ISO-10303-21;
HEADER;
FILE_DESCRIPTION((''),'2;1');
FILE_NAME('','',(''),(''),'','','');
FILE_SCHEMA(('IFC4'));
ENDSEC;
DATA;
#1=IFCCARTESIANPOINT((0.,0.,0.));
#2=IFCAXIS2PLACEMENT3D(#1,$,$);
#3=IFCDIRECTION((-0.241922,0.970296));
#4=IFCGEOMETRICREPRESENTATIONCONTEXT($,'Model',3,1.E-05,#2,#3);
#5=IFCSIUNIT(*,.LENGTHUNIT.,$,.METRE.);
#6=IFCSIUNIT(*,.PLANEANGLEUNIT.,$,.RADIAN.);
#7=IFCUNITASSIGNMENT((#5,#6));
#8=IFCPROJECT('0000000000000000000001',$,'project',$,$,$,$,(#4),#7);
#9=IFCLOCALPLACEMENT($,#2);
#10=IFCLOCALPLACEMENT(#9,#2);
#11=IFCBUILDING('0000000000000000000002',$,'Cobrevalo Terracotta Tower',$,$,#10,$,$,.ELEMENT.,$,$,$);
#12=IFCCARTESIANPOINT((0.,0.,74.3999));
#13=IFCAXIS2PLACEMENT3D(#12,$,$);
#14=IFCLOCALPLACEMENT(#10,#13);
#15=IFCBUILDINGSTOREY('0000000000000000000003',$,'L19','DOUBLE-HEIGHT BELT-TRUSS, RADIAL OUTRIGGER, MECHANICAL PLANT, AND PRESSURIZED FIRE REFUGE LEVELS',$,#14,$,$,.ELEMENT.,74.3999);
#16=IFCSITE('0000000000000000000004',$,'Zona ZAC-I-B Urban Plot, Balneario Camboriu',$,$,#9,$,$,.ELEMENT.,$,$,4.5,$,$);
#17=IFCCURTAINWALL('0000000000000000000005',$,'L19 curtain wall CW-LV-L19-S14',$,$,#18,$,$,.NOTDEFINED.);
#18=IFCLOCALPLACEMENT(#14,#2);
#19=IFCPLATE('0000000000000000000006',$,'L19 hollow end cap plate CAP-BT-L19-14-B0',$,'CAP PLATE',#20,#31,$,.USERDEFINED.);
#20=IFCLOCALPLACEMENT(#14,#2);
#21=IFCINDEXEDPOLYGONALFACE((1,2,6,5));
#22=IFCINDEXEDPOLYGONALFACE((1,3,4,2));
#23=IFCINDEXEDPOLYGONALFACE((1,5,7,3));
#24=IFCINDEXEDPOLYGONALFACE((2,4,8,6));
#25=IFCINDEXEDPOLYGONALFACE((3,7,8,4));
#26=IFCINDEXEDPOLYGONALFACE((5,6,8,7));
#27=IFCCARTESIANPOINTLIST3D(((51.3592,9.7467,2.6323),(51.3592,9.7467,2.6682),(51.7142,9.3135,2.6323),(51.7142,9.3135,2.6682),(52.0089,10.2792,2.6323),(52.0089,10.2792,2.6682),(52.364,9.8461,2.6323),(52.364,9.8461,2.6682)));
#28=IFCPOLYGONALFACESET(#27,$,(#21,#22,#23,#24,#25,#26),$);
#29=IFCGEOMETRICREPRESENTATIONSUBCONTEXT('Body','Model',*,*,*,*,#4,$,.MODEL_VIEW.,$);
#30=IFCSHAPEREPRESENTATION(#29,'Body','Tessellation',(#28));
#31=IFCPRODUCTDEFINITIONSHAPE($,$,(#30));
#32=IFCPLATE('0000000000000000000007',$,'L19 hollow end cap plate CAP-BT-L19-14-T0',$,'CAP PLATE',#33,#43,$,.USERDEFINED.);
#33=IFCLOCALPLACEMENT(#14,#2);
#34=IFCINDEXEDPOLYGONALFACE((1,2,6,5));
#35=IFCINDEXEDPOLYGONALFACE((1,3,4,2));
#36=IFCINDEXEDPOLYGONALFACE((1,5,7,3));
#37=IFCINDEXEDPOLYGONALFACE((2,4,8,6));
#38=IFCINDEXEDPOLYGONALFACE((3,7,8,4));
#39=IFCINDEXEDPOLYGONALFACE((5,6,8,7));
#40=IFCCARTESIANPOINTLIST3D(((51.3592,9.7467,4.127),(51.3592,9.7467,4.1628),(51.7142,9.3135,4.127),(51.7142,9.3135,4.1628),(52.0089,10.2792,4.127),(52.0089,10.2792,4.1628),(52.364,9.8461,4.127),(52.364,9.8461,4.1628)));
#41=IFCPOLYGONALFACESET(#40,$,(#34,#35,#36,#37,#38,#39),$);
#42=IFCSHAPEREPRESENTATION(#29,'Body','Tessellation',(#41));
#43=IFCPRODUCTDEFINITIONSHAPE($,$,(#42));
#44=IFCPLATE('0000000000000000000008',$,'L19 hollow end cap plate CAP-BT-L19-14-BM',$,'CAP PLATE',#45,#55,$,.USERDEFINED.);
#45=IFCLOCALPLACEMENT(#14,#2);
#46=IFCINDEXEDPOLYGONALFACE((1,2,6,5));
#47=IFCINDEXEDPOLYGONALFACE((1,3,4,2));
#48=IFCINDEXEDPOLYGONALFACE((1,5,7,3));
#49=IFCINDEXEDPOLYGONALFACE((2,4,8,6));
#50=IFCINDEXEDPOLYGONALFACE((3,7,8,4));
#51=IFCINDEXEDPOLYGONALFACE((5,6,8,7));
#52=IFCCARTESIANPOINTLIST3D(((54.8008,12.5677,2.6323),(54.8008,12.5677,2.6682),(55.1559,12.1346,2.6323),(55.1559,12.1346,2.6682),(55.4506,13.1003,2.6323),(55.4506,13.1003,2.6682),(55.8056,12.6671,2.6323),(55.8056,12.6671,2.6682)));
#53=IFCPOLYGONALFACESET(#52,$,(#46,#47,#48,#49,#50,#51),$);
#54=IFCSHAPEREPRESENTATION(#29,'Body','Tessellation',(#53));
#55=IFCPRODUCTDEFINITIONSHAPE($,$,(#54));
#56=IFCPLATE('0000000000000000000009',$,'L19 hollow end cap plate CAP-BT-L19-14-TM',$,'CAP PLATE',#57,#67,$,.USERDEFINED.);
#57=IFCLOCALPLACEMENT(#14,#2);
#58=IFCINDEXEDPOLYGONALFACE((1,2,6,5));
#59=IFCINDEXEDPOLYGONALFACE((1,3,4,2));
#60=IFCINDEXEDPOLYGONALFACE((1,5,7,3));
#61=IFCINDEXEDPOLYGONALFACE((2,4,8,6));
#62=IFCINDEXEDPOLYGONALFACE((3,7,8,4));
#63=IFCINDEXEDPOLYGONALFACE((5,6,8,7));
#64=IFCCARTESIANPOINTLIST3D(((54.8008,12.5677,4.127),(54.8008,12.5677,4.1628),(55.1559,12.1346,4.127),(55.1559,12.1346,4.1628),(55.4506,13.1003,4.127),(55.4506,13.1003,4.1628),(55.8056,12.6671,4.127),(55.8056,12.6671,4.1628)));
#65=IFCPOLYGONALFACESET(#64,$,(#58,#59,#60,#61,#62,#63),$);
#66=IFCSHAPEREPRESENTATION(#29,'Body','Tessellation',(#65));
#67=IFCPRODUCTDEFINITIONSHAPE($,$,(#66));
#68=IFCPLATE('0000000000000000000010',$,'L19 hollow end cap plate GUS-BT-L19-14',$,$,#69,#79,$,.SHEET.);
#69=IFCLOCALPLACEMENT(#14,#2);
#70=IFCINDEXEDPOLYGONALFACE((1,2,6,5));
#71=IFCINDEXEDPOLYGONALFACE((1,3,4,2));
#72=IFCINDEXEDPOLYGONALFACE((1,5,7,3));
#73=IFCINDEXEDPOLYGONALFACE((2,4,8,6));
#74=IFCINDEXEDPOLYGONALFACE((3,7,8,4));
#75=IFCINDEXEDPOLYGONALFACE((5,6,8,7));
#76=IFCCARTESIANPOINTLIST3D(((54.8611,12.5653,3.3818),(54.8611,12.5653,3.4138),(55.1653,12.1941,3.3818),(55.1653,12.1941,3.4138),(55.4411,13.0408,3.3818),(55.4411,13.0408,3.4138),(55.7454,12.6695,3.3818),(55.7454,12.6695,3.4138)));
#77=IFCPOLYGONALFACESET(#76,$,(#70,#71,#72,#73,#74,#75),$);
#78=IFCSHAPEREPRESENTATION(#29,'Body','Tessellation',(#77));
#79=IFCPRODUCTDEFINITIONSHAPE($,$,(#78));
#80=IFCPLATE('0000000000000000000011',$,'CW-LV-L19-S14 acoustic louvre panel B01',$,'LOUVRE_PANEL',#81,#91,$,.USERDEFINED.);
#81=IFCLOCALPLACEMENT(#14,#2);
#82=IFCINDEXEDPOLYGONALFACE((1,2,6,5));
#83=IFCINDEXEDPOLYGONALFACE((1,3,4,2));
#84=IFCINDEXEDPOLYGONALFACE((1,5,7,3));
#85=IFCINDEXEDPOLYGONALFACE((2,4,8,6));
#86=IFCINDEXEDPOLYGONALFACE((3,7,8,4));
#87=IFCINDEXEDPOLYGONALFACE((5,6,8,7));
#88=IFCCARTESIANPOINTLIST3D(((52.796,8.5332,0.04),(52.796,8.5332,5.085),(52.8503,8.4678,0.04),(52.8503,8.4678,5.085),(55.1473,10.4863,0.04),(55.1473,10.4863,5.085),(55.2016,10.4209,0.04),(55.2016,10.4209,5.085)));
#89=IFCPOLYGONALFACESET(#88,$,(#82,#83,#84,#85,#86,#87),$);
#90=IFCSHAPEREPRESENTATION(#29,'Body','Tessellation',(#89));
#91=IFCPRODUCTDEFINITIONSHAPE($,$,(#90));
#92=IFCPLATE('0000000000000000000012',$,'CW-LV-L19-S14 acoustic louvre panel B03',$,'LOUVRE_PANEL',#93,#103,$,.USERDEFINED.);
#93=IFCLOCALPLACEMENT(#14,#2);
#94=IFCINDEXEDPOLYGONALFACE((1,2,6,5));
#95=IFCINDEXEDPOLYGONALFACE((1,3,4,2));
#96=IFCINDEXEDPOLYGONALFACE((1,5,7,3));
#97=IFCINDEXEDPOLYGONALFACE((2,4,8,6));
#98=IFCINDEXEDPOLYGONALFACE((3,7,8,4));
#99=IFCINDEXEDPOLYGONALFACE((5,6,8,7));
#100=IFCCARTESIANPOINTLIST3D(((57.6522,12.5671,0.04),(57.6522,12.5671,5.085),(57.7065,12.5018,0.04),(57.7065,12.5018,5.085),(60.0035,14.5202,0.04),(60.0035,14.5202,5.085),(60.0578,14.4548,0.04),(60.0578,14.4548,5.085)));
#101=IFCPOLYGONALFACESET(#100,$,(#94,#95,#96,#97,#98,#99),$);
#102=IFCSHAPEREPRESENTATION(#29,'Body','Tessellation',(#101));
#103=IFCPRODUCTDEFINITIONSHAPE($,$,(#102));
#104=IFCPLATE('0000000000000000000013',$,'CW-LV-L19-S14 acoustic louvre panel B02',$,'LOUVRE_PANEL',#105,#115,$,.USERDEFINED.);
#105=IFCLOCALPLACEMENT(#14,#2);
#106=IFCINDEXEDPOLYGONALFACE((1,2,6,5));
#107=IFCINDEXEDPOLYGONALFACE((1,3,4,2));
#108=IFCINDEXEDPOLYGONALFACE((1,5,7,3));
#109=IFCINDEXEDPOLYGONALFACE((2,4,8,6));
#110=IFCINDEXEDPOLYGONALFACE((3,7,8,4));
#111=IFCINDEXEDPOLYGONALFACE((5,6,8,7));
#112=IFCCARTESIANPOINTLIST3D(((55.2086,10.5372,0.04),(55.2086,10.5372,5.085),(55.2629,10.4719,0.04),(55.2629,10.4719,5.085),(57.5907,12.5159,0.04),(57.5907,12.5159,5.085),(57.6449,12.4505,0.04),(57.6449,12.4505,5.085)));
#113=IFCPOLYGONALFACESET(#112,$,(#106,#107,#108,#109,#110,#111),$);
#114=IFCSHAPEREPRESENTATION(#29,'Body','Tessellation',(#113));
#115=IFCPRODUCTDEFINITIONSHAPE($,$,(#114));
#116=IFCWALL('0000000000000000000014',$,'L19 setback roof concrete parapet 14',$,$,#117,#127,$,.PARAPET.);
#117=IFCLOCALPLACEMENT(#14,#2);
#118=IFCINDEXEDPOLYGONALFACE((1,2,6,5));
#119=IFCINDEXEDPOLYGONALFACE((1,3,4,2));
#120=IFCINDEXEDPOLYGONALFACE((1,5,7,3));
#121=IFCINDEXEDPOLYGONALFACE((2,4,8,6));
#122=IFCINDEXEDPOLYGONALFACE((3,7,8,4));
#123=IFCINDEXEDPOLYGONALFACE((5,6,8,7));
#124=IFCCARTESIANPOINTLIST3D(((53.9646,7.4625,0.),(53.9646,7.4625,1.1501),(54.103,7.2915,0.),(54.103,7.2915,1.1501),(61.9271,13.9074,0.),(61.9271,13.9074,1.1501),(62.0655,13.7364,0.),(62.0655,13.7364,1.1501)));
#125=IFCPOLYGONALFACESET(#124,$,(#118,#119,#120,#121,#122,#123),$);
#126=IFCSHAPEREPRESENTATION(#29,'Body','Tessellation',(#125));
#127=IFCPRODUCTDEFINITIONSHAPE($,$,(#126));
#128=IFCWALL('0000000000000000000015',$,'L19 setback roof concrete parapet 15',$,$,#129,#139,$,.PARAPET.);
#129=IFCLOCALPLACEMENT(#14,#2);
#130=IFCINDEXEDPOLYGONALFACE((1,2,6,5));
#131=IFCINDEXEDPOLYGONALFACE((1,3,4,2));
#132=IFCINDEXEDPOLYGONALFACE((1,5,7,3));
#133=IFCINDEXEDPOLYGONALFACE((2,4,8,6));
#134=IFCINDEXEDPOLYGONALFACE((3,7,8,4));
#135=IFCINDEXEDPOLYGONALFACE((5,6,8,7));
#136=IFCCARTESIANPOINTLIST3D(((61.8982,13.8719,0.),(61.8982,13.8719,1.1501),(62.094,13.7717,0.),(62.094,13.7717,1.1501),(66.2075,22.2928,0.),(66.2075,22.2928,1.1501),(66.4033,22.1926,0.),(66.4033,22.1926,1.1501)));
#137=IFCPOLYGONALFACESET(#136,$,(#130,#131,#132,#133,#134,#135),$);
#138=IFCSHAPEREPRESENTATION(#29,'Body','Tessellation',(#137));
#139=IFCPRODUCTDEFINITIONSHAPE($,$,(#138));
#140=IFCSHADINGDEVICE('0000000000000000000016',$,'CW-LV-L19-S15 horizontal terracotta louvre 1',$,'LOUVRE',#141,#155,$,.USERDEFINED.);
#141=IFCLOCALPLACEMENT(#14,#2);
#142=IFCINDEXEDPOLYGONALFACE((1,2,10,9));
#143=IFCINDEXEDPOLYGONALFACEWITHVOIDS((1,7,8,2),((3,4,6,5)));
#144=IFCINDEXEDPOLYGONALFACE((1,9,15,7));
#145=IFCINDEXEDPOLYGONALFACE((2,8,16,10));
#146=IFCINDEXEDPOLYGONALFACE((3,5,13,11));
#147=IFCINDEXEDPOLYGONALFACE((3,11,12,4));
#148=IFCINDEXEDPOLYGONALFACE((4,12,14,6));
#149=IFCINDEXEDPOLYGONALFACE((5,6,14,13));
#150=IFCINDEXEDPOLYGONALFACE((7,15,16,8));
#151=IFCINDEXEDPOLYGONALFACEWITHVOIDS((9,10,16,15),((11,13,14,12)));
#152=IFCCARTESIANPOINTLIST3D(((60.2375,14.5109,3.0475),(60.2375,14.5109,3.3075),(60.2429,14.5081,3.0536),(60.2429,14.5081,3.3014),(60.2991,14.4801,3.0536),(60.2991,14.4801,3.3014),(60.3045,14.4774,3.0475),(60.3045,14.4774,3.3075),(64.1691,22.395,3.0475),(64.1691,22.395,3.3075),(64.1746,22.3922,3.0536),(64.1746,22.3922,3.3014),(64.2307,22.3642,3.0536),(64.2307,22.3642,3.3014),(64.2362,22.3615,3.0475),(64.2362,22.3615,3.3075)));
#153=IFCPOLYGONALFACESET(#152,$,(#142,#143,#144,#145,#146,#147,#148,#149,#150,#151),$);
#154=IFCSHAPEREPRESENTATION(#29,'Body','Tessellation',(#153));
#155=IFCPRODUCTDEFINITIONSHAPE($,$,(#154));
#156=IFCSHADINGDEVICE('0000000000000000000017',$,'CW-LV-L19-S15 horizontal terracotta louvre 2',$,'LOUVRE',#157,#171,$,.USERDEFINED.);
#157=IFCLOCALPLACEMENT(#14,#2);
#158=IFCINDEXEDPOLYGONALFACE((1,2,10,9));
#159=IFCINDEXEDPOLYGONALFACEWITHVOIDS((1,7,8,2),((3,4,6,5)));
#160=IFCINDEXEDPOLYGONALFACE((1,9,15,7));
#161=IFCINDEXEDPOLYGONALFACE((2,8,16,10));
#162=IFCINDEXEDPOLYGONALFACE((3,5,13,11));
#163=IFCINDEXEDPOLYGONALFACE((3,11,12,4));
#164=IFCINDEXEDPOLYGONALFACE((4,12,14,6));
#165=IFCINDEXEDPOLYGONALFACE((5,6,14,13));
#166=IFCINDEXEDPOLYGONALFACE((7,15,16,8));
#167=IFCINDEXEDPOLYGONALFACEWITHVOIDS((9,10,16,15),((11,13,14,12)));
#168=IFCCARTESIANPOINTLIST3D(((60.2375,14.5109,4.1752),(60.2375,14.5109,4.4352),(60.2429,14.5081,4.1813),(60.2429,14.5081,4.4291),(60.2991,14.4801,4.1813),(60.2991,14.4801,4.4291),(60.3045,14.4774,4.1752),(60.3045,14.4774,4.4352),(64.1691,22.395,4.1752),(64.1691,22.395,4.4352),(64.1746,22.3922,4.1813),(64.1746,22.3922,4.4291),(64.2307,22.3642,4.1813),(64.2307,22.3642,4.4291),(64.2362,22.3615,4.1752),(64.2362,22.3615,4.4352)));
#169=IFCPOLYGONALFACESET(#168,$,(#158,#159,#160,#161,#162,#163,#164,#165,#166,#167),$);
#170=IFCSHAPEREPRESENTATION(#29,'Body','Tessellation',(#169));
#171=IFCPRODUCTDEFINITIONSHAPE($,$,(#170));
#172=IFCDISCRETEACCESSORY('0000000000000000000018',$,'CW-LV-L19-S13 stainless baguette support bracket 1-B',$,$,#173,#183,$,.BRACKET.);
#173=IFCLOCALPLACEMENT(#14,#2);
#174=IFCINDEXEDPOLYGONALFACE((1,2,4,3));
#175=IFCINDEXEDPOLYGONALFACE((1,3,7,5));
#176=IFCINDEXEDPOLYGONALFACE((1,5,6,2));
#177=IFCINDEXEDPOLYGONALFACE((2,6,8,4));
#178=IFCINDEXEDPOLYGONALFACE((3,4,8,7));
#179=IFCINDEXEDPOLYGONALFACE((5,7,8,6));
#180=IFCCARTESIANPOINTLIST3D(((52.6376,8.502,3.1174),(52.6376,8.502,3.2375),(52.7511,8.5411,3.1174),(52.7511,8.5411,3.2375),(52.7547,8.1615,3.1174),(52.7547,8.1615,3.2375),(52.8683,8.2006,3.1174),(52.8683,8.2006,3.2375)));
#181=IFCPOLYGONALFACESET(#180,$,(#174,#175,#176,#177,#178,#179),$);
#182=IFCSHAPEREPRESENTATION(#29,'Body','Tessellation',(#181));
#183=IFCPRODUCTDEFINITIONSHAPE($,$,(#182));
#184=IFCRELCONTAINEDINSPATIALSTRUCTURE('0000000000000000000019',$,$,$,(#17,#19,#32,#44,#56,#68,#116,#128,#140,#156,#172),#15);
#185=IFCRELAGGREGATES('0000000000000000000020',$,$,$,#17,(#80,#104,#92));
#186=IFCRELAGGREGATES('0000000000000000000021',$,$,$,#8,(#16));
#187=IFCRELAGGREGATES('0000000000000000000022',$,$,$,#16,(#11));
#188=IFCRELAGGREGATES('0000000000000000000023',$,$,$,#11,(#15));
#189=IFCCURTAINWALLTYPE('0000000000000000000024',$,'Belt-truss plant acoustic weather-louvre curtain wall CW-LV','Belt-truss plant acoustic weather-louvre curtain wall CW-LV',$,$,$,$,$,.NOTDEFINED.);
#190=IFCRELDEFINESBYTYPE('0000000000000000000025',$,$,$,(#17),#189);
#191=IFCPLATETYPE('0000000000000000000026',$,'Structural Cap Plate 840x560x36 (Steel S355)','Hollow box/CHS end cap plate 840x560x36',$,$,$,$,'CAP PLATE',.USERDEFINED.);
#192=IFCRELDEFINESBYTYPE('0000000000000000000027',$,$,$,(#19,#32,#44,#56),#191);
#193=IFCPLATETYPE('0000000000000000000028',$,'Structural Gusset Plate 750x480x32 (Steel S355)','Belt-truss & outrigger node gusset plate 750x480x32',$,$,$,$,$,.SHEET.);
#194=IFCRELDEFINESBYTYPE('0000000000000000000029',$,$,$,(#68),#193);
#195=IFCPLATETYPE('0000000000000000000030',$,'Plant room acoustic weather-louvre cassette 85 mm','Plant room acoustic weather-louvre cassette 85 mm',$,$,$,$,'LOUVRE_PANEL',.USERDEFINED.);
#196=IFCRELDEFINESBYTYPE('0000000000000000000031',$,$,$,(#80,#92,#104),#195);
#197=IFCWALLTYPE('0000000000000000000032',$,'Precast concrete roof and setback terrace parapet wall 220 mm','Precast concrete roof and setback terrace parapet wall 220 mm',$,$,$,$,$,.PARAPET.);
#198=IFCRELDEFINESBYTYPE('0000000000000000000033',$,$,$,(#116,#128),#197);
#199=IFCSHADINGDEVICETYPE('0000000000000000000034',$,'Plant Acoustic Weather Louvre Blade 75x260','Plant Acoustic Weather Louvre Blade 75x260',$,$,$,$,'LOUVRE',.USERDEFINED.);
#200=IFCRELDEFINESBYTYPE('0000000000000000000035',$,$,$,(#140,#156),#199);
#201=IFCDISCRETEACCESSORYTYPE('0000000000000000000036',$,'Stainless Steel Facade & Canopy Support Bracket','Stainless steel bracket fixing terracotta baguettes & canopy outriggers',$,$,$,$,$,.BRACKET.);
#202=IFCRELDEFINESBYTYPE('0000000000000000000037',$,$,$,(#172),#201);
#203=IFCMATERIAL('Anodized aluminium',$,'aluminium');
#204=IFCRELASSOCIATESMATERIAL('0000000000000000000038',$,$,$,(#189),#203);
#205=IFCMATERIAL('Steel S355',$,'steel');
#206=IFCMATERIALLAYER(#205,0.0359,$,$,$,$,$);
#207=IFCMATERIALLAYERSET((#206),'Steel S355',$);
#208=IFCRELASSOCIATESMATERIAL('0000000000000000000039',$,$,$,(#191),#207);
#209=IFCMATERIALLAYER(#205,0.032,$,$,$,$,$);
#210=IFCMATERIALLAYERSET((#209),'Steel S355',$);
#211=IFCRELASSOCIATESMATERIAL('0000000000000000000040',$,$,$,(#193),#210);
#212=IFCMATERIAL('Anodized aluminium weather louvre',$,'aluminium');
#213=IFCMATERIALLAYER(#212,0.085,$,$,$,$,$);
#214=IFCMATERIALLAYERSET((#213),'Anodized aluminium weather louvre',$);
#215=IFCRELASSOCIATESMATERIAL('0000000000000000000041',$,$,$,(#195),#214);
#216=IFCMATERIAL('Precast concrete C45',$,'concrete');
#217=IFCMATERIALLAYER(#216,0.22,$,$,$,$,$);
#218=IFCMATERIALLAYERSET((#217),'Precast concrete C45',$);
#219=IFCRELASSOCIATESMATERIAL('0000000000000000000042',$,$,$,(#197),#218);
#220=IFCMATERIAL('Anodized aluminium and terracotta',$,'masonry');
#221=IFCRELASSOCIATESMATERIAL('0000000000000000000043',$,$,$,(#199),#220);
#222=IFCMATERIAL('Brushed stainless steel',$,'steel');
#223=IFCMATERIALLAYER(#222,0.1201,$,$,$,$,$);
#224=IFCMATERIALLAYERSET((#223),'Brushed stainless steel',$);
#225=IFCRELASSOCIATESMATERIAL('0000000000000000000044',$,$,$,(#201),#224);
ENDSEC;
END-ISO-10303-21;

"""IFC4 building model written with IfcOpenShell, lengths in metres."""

from ifc_helpers import new_model, si_unit, direction, frame, frame_2d, origin, origin_2d, place, context, subcontext, project, spatial, rectangle, hollow_rectangle, extrude, source, transform, mapped, material, layer, layer_set, material_profile, profile_set, type_object, element, aggregate, save


model = new_model("IFC4")

# Units and contexts
model_context = context("Model", 3, precision=1e-05, world=origin(), true_north=direction((-0.241922, 0.970296)))
body_context = subcontext(model_context, "Body", "Model", "MODEL_VIEW")
ifc_project = project(units=[si_unit("LENGTHUNIT", "METRE"), si_unit("PLANEANGLEUNIT", "RADIAN")], contexts=[model_context])

# Site, building, storey
site_placement = place(None, origin())
site = spatial("IfcSite", under=ifc_project, at=site_placement, Name="Zona ZAC-I-B Urban Plot, Balneario Camboriu", CompositionType="ELEMENT", RefElevation=4.5)
building_placement = place(site_placement, origin())
building = spatial("IfcBuilding", under=site, at=building_placement, Name="Cobrevalo Terracotta Tower", CompositionType="ELEMENT")
storey_placement = place(building_placement, frame((0.0, 0.0, 74.3999)))
storey = spatial("IfcBuildingStorey", under=building, at=storey_placement, Name="L19", Description="DOUBLE-HEIGHT BELT-TRUSS, RADIAL OUTRIGGER, MECHANICAL PLANT, AND PRESSURIZED FIRE REFUGE LEVELS", CompositionType="ELEMENT", Elevation=74.3999)

# Shared definitions
ifc_material_1 = material(Name="Steel S355", Category="steel")

# Shared definitions
ifc_material_2 = material(Name="Anodized aluminium", Category="aluminium")
curtain_wall_type = type_object("IfcCurtainWallType", Name="Belt-truss plant acoustic weather-louvre curtain wall CW-LV", Description="Belt-truss plant acoustic weather-louvre curtain wall CW-LV", PredefinedType="NOTDEFINED", material=ifc_material_2)

# Curtain wall
curtain_wall_1_placement = place(storey_placement, origin())
curtain_wall_1 = element("IfcCurtainWall", 1, at=curtain_wall_1_placement, inside=storey, type_object=curtain_wall_type, Name="L19 curtain wall CW-LV-L19-S14", PredefinedType="NOTDEFINED")

# Plates
ifc_layer_1 = layer(ifc_material_1, 0.0359)
ifc_layer_set_1 = layer_set([ifc_layer_1], Name="Steel S355")
plate_type_1 = type_object("IfcPlateType", Name="Structural Cap Plate 840x560x36 (Steel S355)", Description="Hollow box/CHS end cap plate 840x560x36", ElementType="CAP PLATE", PredefinedType="USERDEFINED", material=ifc_layer_set_1)
shared_shape_1 = source(origin(), body_context, "Body", "SweptSolid", [
    extrude(rectangle(XDim=0.8401, YDim=0.5601, at=origin_2d()), origin(), (0.0, 0.0, 1.0), 0.0359),
])
for number, where, z_axis, x_axis, name in (
    (2, (51.8616, 9.7964, 2.6323), (0.0, 0.0, 1.0), (0.773404, 0.633913, 0.0), "L19 hollow end cap plate CAP-BT-L19-14-B0"),
    (3, (51.8616, 9.7964, 4.127), (0.0, 0.0, 1.0), (0.773404, 0.633913, 0.0), "L19 hollow end cap plate CAP-BT-L19-14-T0"),
    (4, (55.3032, 12.6174, 2.6323), (0.0, 0.0, 1.0), (0.773404, 0.633913, 0.0), "L19 hollow end cap plate CAP-BT-L19-14-BM"),
    (5, (55.3032, 12.6174, 4.127), (0.0, 0.0, 1.0), (0.773404, 0.633913, 0.0), "L19 hollow end cap plate CAP-BT-L19-14-TM"),
):
    element("IfcPlate", number, at=place(storey_placement, frame(where, z_axis=z_axis, x_axis=x_axis)), inside=storey, type_object=plate_type_1, Name=name, ObjectType="CAP PLATE", PredefinedType="USERDEFINED", context=body_context, shape_type="MappedRepresentation", body=[
        mapped(shared_shape_1, transform((0.0, 0.0, 0.0), scale=1.0)),
    ])
ifc_layer_2 = layer(ifc_material_1, 0.032)
ifc_layer_set_2 = layer_set([ifc_layer_2], Name="Steel S355")
plate_type_2 = type_object("IfcPlateType", Name="Structural Gusset Plate 750x480x32 (Steel S355)", Description="Belt-truss & outrigger node gusset plate 750x480x32", PredefinedType="SHEET", material=ifc_layer_set_2)
shared_shape_2 = source(origin(), body_context, "Body", "SweptSolid", [
    extrude(rectangle(XDim=0.75, YDim=0.48, at=origin_2d()), origin(), (0.0, 0.0, 1.0), 0.032),
])
plate_1_placement = place(storey_placement, frame((55.3032, 12.6174, 3.3818), z_axis=(0.0, 0.0, 1.0), x_axis=(0.773404, 0.633913, 0.0)))
element("IfcPlate", 6, at=plate_1_placement, inside=storey, type_object=plate_type_2, Name="L19 hollow end cap plate GUS-BT-L19-14", PredefinedType="SHEET", context=body_context, shape_type="MappedRepresentation", body=[
    mapped(shared_shape_2, transform((0.0, 0.0, 0.0), scale=1.0)),
])

# Plates
ifc_material_3 = material(Name="Anodized aluminium weather louvre", Category="aluminium")
ifc_layer_3 = layer(ifc_material_3, 0.085)
ifc_layer_set_3 = layer_set([ifc_layer_3], Name="Anodized aluminium weather louvre")
plate_type_3 = type_object("IfcPlateType", Name="Plant room acoustic weather-louvre cassette 85 mm", Description="Plant room acoustic weather-louvre cassette 85 mm", ElementType="LOUVRE_PANEL", PredefinedType="USERDEFINED", material=ifc_layer_set_3)
shared_shape_3 = source(origin(), body_context, "Body", "SweptSolid", [
    extrude(rectangle(XDim=3.0566, YDim=0.085, at=origin_2d()), origin(), (0.0, 0.0, 1.0), 5.0449),
])
plate_2_placement = place(storey_placement, frame((53.9988, 9.4771, 0.04), z_axis=(0.0, 0.0, 1.0), x_axis=(0.769241, 0.638958, 0.0)))
plate_2 = element("IfcPlate", 7, at=plate_2_placement, type_object=plate_type_3, Name="CW-LV-L19-S14 acoustic louvre panel B01", ObjectType="LOUVRE_PANEL", PredefinedType="USERDEFINED", context=body_context, shape_type="MappedRepresentation", body=[
    mapped(shared_shape_3, transform((0.0, 0.0, 0.0), scale=1.0)),
])
plate_3_placement = place(storey_placement, frame((58.855, 13.511, 0.04), z_axis=(0.0, 0.0, 1.0), x_axis=(0.769241, 0.638958, 0.0)))
plate_3 = element("IfcPlate", 8, at=plate_3_placement, type_object=plate_type_3, Name="CW-LV-L19-S14 acoustic louvre panel B03", ObjectType="LOUVRE_PANEL", PredefinedType="USERDEFINED", context=body_context, shape_type="MappedRepresentation", body=[
    mapped(shared_shape_3, transform((0.0, 0.0, 0.0), scale=1.0)),
])
shared_shape_4 = source(origin(), body_context, "Body", "SweptSolid", [
    extrude(rectangle(XDim=3.0967, YDim=0.085, at=origin_2d()), origin(), (0.0, 0.0, 1.0), 5.0449),
])
plate_4_placement = place(storey_placement, frame((56.4268, 11.4939, 0.04), z_axis=(0.0, 0.0, 1.0), x_axis=(0.769241, 0.638958, 0.0)))
plate_4 = element("IfcPlate", 9, at=plate_4_placement, type_object=plate_type_3, Name="CW-LV-L19-S14 acoustic louvre panel B02", ObjectType="LOUVRE_PANEL", PredefinedType="USERDEFINED", context=body_context, shape_type="MappedRepresentation", body=[
    mapped(shared_shape_4, transform((0.0, 0.0, 0.0), scale=1.0)),
])
aggregate(curtain_wall_1, [plate_2, plate_4, plate_3])

# Walls
ifc_material_4 = material(Name="Precast concrete C45", Category="concrete")
ifc_layer_4 = layer(ifc_material_4, 0.22)
ifc_layer_set_4 = layer_set([ifc_layer_4], Name="Precast concrete C45")
wall_type = type_object("IfcWallType", Name="Precast concrete roof and setback terrace parapet wall 220 mm", Description="Precast concrete roof and setback terrace parapet wall 220 mm", PredefinedType="PARAPET", material=ifc_layer_set_4)
wall_1_placement = place(storey_placement, frame((54.0337, 7.377, 0.0), z_axis=(0.0, 0.0, 1.0), x_axis=(0.777289, 0.629143, 0.0)))
element("IfcWall", 10, at=wall_1_placement, inside=storey, type_object=wall_type, Name="L19 setback roof concrete parapet 14", PredefinedType="PARAPET", context=body_context, shape_type="SweptSolid", body=[
    extrude(rectangle(XDim=10.2439, YDim=0.22, at=frame_2d((5.1221, 0.0))), origin(), (0.0, 0.0, 1.0), 1.1501),
])
wall_2_placement = place(storey_placement, frame((61.9961, 13.8218, 0.0), z_axis=(0.0, 0.0, 1.0), x_axis=(0.455556, 0.890207, 0.0)))
element("IfcWall", 11, at=wall_2_placement, inside=storey, type_object=wall_type, Name="L19 setback roof concrete parapet 15", PredefinedType="PARAPET", context=body_context, shape_type="SweptSolid", body=[
    extrude(rectangle(XDim=9.4595, YDim=0.22, at=frame_2d((4.7297, 0.0))), origin(), (0.0, 0.0, 1.0), 1.1501),
])

# Shading devices
ifc_material_5 = material(Name="Anodized aluminium and terracotta", Category="masonry")
ifc_material_profile_1 = material_profile(ifc_material_5, hollow_rectangle(XDim=0.075, YDim=0.26, WallThickness=0.0061, at=origin_2d()), Name="LOUVRE BLADE 75x260")
ifc_profile_set_1 = profile_set([ifc_material_profile_1], Name="Anodized aluminium and terracotta")
shading_device_type = type_object("IfcShadingDeviceType", Name="Plant Acoustic Weather Louvre Blade 75x260", Description="Plant Acoustic Weather Louvre Blade 75x260", ElementType="LOUVRE", PredefinedType="USERDEFINED", material=ifc_profile_set_1)
shared_shape_5 = source(origin(), body_context, "Body", "SweptSolid", [
    extrude(hollow_rectangle(XDim=0.075, YDim=0.26, WallThickness=0.0061, at=origin_2d()), origin(), (0.0, 0.0, 1.0), 8.8101),
])
for number, where, z_axis, x_axis, name in (
    (12, (60.271, 14.4941, 3.1775), (0.446271, 0.894898, 0.0), (-0.894898, 0.446271, 0.0), "CW-LV-L19-S15 horizontal terracotta louvre 1"),
    (13, (60.271, 14.4941, 4.3052), (0.446271, 0.894898, 0.0), (-0.894898, 0.446271, 0.0), "CW-LV-L19-S15 horizontal terracotta louvre 2"),
):
    element("IfcShadingDevice", number, at=place(storey_placement, frame(where, z_axis=z_axis, x_axis=x_axis)), inside=storey, type_object=shading_device_type, Name=name, ObjectType="LOUVRE", PredefinedType="USERDEFINED", context=body_context, shape_type="MappedRepresentation", body=[
        mapped(shared_shape_5, transform((0.0, 0.0, 0.0), scale=1.0)),
    ])

# Discrete accessory
ifc_material_6 = material(Name="Brushed stainless steel", Category="steel")
ifc_layer_5 = layer(ifc_material_6, 0.1201)
ifc_layer_set_5 = layer_set([ifc_layer_5], Name="Brushed stainless steel")
discrete_accessory_type = type_object("IfcDiscreteAccessoryType", Name="Stainless Steel Facade & Canopy Support Bracket", Description="Stainless steel bracket fixing terracotta baguettes & canopy outriggers", PredefinedType="BRACKET", material=ifc_layer_set_5)
shared_shape_6 = source(origin(), body_context, "Body", "SweptSolid", [
    extrude(rectangle(XDim=0.1201, YDim=0.3601, at=origin_2d()), origin(), (0.0, 0.0, 1.0), 0.1201),
])
for number, where, z_axis, x_axis, name in (
    (14, (52.7529, 8.3513, 3.1174), (0.0, 0.0, 1.0), (0.945596, 0.325342, 0.0), "CW-LV-L19-S13 stainless baguette support bracket 1-B"),
):
    element("IfcDiscreteAccessory", number, at=place(storey_placement, frame(where, z_axis=z_axis, x_axis=x_axis)), inside=storey, type_object=discrete_accessory_type, Name=name, PredefinedType="BRACKET", context=body_context, shape_type="MappedRepresentation", body=[
        mapped(shared_shape_6, transform((0.0, 0.0, 0.0), scale=1.0)),
    ])

save(model, "model.ifc")
